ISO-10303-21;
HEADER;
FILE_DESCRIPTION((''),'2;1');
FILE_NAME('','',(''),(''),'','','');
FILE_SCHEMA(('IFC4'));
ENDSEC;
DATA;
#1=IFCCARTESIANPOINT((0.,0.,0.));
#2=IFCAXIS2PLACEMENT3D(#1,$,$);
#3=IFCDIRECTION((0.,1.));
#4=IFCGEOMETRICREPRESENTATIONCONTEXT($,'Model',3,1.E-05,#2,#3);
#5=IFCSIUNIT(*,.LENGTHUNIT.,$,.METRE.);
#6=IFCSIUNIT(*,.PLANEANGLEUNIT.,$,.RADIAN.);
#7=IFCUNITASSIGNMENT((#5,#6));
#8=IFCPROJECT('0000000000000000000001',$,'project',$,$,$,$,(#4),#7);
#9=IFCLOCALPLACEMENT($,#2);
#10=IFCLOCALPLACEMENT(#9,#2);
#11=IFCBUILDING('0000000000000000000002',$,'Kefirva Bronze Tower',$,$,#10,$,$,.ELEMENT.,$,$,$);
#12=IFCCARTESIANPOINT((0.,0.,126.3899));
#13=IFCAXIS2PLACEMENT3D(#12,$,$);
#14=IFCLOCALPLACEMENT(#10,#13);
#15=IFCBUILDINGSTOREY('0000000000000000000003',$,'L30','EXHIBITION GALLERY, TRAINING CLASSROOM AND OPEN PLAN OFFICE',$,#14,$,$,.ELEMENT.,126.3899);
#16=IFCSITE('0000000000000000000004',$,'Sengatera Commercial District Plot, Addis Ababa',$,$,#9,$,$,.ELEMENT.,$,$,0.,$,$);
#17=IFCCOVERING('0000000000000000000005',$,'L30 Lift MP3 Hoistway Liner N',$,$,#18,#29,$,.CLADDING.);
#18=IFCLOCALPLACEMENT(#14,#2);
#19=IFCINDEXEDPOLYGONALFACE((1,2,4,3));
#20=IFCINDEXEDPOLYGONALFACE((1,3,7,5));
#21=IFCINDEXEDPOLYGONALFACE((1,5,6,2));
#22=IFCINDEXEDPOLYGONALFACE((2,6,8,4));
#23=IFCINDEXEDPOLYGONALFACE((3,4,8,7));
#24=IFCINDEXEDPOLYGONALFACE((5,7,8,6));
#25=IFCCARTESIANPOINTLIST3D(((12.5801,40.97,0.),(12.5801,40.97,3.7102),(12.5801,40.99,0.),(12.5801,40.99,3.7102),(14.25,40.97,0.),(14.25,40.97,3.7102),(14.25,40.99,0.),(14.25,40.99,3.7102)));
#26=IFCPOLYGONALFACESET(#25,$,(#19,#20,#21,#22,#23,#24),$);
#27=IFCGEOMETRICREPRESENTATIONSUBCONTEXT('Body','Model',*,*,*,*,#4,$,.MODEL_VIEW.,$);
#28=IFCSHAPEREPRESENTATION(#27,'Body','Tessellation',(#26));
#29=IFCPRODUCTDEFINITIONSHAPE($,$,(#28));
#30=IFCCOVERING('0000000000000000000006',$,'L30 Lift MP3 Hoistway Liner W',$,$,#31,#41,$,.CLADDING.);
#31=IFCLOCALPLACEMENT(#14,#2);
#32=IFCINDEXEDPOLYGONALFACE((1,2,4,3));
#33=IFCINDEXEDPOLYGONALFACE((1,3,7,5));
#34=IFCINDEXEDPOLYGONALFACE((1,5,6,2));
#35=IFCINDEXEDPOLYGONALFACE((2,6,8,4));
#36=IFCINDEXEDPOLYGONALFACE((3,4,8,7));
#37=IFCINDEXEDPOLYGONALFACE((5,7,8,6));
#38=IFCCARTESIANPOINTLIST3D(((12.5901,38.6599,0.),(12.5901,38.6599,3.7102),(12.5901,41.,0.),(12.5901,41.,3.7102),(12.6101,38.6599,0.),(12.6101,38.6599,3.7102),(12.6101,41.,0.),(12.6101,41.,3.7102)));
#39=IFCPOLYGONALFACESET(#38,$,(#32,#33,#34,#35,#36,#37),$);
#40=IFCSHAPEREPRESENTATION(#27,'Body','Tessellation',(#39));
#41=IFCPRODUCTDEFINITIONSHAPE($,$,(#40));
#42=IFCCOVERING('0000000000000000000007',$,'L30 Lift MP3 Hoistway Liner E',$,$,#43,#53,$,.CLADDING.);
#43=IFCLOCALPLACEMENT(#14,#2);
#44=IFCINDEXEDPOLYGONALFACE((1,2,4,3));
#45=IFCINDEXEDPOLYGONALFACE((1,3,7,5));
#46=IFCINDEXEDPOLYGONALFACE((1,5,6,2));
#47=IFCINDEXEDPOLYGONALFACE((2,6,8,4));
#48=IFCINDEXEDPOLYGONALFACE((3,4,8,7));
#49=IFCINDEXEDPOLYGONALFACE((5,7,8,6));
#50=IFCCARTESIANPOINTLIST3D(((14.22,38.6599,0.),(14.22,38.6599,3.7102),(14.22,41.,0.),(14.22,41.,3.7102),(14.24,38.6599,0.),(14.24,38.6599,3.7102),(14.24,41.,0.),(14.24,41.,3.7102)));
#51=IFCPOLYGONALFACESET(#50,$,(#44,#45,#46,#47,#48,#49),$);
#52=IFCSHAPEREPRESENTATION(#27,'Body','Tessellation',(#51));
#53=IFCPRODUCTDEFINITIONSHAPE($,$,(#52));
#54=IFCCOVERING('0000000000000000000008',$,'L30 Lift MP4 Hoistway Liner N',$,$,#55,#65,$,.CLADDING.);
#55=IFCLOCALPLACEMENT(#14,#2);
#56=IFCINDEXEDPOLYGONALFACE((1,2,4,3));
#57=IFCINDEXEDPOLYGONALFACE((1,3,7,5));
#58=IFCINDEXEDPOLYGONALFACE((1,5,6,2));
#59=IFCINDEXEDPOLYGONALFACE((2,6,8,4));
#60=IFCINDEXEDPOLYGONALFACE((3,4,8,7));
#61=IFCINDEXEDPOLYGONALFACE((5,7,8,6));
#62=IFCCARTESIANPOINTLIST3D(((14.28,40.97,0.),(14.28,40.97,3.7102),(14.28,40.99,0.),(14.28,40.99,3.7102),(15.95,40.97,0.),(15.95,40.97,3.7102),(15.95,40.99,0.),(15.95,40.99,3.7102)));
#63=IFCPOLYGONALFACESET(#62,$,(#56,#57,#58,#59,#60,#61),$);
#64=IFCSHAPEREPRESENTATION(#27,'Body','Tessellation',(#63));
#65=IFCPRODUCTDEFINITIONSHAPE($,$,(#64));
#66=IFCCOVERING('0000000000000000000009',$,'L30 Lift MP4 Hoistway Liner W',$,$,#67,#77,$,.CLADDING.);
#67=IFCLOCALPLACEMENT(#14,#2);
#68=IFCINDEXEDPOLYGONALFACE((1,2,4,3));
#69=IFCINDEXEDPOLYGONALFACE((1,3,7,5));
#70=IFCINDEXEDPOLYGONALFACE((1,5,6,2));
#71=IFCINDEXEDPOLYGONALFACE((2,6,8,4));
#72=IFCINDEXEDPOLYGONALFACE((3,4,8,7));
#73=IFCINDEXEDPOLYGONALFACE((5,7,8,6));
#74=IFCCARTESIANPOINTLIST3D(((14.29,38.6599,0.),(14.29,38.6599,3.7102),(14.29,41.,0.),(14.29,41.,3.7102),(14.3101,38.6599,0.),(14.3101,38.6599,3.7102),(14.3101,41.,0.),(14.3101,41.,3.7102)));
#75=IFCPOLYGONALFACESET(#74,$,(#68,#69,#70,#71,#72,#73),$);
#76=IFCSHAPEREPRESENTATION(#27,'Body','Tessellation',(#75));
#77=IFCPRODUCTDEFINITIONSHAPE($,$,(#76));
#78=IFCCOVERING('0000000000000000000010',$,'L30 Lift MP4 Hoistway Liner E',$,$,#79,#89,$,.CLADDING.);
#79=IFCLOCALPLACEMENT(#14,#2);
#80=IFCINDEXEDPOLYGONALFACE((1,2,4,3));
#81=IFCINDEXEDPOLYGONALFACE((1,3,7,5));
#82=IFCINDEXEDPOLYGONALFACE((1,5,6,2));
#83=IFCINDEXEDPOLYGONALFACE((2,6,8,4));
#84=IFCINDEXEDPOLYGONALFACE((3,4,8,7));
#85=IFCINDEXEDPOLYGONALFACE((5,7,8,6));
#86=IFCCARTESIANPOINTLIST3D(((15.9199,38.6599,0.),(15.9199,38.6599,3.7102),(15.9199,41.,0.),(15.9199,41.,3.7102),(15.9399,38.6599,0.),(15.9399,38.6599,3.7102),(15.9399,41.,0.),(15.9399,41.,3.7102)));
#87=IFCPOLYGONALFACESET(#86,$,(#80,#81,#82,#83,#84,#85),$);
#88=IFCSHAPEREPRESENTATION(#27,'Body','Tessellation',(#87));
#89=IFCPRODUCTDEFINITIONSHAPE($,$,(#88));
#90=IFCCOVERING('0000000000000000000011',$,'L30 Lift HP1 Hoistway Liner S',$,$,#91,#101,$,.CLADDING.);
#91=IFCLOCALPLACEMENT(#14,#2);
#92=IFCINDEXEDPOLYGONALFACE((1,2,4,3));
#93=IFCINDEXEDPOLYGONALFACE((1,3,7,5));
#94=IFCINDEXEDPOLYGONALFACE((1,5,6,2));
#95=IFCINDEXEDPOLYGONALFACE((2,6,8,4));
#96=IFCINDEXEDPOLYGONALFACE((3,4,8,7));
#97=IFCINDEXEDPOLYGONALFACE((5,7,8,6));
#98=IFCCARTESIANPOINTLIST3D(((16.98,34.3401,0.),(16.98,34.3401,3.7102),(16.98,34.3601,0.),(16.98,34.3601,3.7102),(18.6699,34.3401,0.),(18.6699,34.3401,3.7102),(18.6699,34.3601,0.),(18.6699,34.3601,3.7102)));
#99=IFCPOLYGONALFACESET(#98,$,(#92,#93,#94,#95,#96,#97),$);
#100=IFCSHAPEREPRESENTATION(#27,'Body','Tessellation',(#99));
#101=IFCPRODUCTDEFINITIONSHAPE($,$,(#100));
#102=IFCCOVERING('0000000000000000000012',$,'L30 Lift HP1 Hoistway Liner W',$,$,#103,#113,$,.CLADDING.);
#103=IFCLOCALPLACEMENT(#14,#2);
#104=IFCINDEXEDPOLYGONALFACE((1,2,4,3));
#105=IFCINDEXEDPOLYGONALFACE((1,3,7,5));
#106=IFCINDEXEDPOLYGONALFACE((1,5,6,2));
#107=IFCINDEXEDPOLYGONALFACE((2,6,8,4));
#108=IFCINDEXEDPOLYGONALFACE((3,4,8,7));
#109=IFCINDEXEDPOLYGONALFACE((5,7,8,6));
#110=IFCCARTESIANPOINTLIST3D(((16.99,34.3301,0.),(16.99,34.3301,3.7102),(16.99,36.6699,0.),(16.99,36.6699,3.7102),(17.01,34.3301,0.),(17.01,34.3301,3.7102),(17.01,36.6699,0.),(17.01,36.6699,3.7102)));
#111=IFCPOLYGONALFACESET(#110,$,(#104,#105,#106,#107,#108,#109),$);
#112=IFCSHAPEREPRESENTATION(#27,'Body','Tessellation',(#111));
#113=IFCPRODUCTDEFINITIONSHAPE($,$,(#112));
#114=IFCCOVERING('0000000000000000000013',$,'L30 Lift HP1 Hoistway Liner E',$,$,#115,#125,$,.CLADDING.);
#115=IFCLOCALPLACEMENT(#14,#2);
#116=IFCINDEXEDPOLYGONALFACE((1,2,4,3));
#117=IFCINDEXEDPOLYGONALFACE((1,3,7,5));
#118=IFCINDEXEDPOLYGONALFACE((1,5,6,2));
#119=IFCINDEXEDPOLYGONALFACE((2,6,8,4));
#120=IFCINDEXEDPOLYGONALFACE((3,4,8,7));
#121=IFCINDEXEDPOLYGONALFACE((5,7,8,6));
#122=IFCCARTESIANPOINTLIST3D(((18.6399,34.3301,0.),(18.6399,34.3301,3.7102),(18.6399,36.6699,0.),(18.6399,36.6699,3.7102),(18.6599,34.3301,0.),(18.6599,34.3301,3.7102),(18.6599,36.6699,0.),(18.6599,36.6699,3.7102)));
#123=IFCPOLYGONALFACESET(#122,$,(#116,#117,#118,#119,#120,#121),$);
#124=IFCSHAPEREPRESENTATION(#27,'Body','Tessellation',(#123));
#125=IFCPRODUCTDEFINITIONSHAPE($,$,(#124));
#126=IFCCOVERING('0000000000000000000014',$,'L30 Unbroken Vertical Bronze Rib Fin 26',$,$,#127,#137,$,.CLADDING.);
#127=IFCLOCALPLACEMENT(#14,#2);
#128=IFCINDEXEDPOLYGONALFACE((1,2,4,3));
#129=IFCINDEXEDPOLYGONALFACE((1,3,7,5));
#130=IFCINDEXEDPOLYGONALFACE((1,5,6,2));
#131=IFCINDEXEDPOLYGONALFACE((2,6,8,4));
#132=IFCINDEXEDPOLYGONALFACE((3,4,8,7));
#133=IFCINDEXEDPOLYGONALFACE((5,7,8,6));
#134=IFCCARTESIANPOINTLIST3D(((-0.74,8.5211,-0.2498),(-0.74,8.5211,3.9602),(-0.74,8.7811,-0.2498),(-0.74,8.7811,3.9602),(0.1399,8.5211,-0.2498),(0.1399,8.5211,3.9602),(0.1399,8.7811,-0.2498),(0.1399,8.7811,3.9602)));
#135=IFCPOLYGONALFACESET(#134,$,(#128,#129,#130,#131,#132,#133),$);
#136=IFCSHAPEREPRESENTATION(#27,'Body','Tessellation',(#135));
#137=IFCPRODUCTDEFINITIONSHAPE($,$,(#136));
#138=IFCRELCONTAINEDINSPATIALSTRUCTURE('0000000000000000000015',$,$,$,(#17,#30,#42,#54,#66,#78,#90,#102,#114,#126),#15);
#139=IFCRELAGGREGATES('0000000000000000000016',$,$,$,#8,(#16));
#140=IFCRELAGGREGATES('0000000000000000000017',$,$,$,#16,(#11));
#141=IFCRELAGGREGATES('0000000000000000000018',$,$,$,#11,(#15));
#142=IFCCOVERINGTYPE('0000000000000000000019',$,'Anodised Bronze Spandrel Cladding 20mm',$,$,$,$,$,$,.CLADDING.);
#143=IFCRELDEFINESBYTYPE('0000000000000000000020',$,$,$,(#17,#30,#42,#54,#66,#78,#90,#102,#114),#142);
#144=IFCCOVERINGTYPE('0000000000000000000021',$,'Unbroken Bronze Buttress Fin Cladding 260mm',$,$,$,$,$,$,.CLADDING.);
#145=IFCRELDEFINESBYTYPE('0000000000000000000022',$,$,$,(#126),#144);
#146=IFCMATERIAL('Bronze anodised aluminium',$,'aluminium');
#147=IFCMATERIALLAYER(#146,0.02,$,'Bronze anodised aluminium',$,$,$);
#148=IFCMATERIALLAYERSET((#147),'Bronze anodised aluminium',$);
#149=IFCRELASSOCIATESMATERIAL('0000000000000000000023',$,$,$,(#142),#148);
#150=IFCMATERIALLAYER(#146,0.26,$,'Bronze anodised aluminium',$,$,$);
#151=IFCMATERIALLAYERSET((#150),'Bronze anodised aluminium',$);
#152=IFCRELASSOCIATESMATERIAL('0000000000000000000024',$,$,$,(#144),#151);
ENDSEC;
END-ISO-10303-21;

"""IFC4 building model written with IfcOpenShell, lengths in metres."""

from ifc_helpers import new_model, si_unit, direction, frame, origin, origin_2d, place, context, subcontext, project, spatial, polyline, rectangle, outline, extrude, material, layer, layer_set, type_object, element, save


model = new_model("IFC4")

# Units and contexts
model_context = context("Model", 3, precision=1e-05, world=origin(), true_north=direction((0.0, 1.0)))
body_context = subcontext(model_context, "Body", "Model", "MODEL_VIEW")
ifc_project = project(units=[si_unit("LENGTHUNIT", "METRE"), si_unit("PLANEANGLEUNIT", "RADIAN")], contexts=[model_context])

# Site, building, storey
site_placement = place(None, origin())
site = spatial("IfcSite", under=ifc_project, at=site_placement, Name="Sengatera Commercial District Plot, Addis Ababa", CompositionType="ELEMENT", RefElevation=0.0)
building_placement = place(site_placement, origin())
building = spatial("IfcBuilding", under=site, at=building_placement, Name="Kefirva Bronze Tower", CompositionType="ELEMENT")
storey_placement = place(building_placement, frame((0.0, 0.0, 126.3899)))
storey = spatial("IfcBuildingStorey", under=building, at=storey_placement, Name="L30", Description="EXHIBITION GALLERY, TRAINING CLASSROOM AND OPEN PLAN OFFICE", CompositionType="ELEMENT", Elevation=126.3899)

# Coverings
ifc_material = material(Name="Bronze anodised aluminium", Category="aluminium")
ifc_layer_1 = layer(ifc_material, 0.02, Name="Bronze anodised aluminium")
ifc_layer_set_1 = layer_set([ifc_layer_1], Name="Bronze anodised aluminium")
covering_type_1 = type_object("IfcCoveringType", Name="Anodised Bronze Spandrel Cladding 20mm", PredefinedType="CLADDING", material=ifc_layer_set_1)
covering_1_placement = place(storey_placement, origin())
element("IfcCovering", 1, at=covering_1_placement, inside=storey, type_object=covering_type_1, Name="L30 Lift MP3 Hoistway Liner N", PredefinedType="CLADDING", context=body_context, shape_type="SweptSolid", body=[
    extrude(outline(polyline([(12.5801, 40.97), (14.25, 40.97), (14.25, 40.99), (12.5801, 40.99), (12.5801, 40.97)])), origin(), (0.0, 0.0, 1.0), 3.7102),
])
covering_2_placement = place(storey_placement, origin())
element("IfcCovering", 2, at=covering_2_placement, inside=storey, type_object=covering_type_1, Name="L30 Lift MP3 Hoistway Liner W", PredefinedType="CLADDING", context=body_context, shape_type="SweptSolid", body=[
    extrude(outline(polyline([(12.5901, 38.6599), (12.6101, 38.6599), (12.6101, 41.0), (12.5901, 41.0), (12.5901, 38.6599)])), origin(), (0.0, 0.0, 1.0), 3.7102),
])
covering_3_placement = place(storey_placement, origin())
element("IfcCovering", 3, at=covering_3_placement, inside=storey, type_object=covering_type_1, Name="L30 Lift MP3 Hoistway Liner E", PredefinedType="CLADDING", context=body_context, shape_type="SweptSolid", body=[
    extrude(outline(polyline([(14.22, 38.6599), (14.24, 38.6599), (14.24, 41.0), (14.22, 41.0), (14.22, 38.6599)])), origin(), (0.0, 0.0, 1.0), 3.7102),
])
covering_4_placement = place(storey_placement, origin())
element("IfcCovering", 4, at=covering_4_placement, inside=storey, type_object=covering_type_1, Name="L30 Lift MP4 Hoistway Liner N", PredefinedType="CLADDING", context=body_context, shape_type="SweptSolid", body=[
    extrude(outline(polyline([(14.28, 40.97), (15.95, 40.97), (15.95, 40.99), (14.28, 40.99), (14.28, 40.97)])), origin(), (0.0, 0.0, 1.0), 3.7102),
])
covering_5_placement = place(storey_placement, origin())
element("IfcCovering", 5, at=covering_5_placement, inside=storey, type_object=covering_type_1, Name="L30 Lift MP4 Hoistway Liner W", PredefinedType="CLADDING", context=body_context, shape_type="SweptSolid", body=[
    extrude(outline(polyline([(14.29, 38.6599), (14.3101, 38.6599), (14.3101, 41.0), (14.29, 41.0), (14.29, 38.6599)])), origin(), (0.0, 0.0, 1.0), 3.7102),
])
covering_6_placement = place(storey_placement, origin())
element("IfcCovering", 6, at=covering_6_placement, inside=storey, type_object=covering_type_1, Name="L30 Lift MP4 Hoistway Liner E", PredefinedType="CLADDING", context=body_context, shape_type="SweptSolid", body=[
    extrude(outline(polyline([(15.9199, 38.6599), (15.9399, 38.6599), (15.9399, 41.0), (15.9199, 41.0), (15.9199, 38.6599)])), origin(), (0.0, 0.0, 1.0), 3.7102),
])
covering_7_placement = place(storey_placement, origin())
element("IfcCovering", 7, at=covering_7_placement, inside=storey, type_object=covering_type_1, Name="L30 Lift HP1 Hoistway Liner S", PredefinedType="CLADDING", context=body_context, shape_type="SweptSolid", body=[
    extrude(outline(polyline([(16.98, 34.3401), (18.6699, 34.3401), (18.6699, 34.3601), (16.98, 34.3601), (16.98, 34.3401)])), origin(), (0.0, 0.0, 1.0), 3.7102),
])
covering_8_placement = place(storey_placement, origin())
element("IfcCovering", 8, at=covering_8_placement, inside=storey, type_object=covering_type_1, Name="L30 Lift HP1 Hoistway Liner W", PredefinedType="CLADDING", context=body_context, shape_type="SweptSolid", body=[
    extrude(outline(polyline([(16.99, 34.3301), (17.01, 34.3301), (17.01, 36.6699), (16.99, 36.6699), (16.99, 34.3301)])), origin(), (0.0, 0.0, 1.0), 3.7102),
])
covering_9_placement = place(storey_placement, origin())
element("IfcCovering", 9, at=covering_9_placement, inside=storey, type_object=covering_type_1, Name="L30 Lift HP1 Hoistway Liner E", PredefinedType="CLADDING", context=body_context, shape_type="SweptSolid", body=[
    extrude(outline(polyline([(18.6399, 34.3301), (18.6599, 34.3301), (18.6599, 36.6699), (18.6399, 36.6699), (18.6399, 34.3301)])), origin(), (0.0, 0.0, 1.0), 3.7102),
])
ifc_layer_2 = layer(ifc_material, 0.26, Name="Bronze anodised aluminium")
ifc_layer_set_2 = layer_set([ifc_layer_2], Name="Bronze anodised aluminium")
covering_type_2 = type_object("IfcCoveringType", Name="Unbroken Bronze Buttress Fin Cladding 260mm", PredefinedType="CLADDING", material=ifc_layer_set_2)
covering_10_placement = place(storey_placement, frame((-0.3, 8.6511, -0.2498), z_axis=(0.0, 0.0, 1.0), x_axis=(0.0, -1.0, 0.0)))
element("IfcCovering", 10, at=covering_10_placement, inside=storey, type_object=covering_type_2, Name="L30 Unbroken Vertical Bronze Rib Fin 26", PredefinedType="CLADDING", context=body_context, shape_type="SweptSolid", body=[
    extrude(rectangle(XDim=0.26, YDim=0.8799, at=origin_2d()), origin(), (0.0, 0.0, 1.0), 4.21),
])

save(model, "model.ifc")
